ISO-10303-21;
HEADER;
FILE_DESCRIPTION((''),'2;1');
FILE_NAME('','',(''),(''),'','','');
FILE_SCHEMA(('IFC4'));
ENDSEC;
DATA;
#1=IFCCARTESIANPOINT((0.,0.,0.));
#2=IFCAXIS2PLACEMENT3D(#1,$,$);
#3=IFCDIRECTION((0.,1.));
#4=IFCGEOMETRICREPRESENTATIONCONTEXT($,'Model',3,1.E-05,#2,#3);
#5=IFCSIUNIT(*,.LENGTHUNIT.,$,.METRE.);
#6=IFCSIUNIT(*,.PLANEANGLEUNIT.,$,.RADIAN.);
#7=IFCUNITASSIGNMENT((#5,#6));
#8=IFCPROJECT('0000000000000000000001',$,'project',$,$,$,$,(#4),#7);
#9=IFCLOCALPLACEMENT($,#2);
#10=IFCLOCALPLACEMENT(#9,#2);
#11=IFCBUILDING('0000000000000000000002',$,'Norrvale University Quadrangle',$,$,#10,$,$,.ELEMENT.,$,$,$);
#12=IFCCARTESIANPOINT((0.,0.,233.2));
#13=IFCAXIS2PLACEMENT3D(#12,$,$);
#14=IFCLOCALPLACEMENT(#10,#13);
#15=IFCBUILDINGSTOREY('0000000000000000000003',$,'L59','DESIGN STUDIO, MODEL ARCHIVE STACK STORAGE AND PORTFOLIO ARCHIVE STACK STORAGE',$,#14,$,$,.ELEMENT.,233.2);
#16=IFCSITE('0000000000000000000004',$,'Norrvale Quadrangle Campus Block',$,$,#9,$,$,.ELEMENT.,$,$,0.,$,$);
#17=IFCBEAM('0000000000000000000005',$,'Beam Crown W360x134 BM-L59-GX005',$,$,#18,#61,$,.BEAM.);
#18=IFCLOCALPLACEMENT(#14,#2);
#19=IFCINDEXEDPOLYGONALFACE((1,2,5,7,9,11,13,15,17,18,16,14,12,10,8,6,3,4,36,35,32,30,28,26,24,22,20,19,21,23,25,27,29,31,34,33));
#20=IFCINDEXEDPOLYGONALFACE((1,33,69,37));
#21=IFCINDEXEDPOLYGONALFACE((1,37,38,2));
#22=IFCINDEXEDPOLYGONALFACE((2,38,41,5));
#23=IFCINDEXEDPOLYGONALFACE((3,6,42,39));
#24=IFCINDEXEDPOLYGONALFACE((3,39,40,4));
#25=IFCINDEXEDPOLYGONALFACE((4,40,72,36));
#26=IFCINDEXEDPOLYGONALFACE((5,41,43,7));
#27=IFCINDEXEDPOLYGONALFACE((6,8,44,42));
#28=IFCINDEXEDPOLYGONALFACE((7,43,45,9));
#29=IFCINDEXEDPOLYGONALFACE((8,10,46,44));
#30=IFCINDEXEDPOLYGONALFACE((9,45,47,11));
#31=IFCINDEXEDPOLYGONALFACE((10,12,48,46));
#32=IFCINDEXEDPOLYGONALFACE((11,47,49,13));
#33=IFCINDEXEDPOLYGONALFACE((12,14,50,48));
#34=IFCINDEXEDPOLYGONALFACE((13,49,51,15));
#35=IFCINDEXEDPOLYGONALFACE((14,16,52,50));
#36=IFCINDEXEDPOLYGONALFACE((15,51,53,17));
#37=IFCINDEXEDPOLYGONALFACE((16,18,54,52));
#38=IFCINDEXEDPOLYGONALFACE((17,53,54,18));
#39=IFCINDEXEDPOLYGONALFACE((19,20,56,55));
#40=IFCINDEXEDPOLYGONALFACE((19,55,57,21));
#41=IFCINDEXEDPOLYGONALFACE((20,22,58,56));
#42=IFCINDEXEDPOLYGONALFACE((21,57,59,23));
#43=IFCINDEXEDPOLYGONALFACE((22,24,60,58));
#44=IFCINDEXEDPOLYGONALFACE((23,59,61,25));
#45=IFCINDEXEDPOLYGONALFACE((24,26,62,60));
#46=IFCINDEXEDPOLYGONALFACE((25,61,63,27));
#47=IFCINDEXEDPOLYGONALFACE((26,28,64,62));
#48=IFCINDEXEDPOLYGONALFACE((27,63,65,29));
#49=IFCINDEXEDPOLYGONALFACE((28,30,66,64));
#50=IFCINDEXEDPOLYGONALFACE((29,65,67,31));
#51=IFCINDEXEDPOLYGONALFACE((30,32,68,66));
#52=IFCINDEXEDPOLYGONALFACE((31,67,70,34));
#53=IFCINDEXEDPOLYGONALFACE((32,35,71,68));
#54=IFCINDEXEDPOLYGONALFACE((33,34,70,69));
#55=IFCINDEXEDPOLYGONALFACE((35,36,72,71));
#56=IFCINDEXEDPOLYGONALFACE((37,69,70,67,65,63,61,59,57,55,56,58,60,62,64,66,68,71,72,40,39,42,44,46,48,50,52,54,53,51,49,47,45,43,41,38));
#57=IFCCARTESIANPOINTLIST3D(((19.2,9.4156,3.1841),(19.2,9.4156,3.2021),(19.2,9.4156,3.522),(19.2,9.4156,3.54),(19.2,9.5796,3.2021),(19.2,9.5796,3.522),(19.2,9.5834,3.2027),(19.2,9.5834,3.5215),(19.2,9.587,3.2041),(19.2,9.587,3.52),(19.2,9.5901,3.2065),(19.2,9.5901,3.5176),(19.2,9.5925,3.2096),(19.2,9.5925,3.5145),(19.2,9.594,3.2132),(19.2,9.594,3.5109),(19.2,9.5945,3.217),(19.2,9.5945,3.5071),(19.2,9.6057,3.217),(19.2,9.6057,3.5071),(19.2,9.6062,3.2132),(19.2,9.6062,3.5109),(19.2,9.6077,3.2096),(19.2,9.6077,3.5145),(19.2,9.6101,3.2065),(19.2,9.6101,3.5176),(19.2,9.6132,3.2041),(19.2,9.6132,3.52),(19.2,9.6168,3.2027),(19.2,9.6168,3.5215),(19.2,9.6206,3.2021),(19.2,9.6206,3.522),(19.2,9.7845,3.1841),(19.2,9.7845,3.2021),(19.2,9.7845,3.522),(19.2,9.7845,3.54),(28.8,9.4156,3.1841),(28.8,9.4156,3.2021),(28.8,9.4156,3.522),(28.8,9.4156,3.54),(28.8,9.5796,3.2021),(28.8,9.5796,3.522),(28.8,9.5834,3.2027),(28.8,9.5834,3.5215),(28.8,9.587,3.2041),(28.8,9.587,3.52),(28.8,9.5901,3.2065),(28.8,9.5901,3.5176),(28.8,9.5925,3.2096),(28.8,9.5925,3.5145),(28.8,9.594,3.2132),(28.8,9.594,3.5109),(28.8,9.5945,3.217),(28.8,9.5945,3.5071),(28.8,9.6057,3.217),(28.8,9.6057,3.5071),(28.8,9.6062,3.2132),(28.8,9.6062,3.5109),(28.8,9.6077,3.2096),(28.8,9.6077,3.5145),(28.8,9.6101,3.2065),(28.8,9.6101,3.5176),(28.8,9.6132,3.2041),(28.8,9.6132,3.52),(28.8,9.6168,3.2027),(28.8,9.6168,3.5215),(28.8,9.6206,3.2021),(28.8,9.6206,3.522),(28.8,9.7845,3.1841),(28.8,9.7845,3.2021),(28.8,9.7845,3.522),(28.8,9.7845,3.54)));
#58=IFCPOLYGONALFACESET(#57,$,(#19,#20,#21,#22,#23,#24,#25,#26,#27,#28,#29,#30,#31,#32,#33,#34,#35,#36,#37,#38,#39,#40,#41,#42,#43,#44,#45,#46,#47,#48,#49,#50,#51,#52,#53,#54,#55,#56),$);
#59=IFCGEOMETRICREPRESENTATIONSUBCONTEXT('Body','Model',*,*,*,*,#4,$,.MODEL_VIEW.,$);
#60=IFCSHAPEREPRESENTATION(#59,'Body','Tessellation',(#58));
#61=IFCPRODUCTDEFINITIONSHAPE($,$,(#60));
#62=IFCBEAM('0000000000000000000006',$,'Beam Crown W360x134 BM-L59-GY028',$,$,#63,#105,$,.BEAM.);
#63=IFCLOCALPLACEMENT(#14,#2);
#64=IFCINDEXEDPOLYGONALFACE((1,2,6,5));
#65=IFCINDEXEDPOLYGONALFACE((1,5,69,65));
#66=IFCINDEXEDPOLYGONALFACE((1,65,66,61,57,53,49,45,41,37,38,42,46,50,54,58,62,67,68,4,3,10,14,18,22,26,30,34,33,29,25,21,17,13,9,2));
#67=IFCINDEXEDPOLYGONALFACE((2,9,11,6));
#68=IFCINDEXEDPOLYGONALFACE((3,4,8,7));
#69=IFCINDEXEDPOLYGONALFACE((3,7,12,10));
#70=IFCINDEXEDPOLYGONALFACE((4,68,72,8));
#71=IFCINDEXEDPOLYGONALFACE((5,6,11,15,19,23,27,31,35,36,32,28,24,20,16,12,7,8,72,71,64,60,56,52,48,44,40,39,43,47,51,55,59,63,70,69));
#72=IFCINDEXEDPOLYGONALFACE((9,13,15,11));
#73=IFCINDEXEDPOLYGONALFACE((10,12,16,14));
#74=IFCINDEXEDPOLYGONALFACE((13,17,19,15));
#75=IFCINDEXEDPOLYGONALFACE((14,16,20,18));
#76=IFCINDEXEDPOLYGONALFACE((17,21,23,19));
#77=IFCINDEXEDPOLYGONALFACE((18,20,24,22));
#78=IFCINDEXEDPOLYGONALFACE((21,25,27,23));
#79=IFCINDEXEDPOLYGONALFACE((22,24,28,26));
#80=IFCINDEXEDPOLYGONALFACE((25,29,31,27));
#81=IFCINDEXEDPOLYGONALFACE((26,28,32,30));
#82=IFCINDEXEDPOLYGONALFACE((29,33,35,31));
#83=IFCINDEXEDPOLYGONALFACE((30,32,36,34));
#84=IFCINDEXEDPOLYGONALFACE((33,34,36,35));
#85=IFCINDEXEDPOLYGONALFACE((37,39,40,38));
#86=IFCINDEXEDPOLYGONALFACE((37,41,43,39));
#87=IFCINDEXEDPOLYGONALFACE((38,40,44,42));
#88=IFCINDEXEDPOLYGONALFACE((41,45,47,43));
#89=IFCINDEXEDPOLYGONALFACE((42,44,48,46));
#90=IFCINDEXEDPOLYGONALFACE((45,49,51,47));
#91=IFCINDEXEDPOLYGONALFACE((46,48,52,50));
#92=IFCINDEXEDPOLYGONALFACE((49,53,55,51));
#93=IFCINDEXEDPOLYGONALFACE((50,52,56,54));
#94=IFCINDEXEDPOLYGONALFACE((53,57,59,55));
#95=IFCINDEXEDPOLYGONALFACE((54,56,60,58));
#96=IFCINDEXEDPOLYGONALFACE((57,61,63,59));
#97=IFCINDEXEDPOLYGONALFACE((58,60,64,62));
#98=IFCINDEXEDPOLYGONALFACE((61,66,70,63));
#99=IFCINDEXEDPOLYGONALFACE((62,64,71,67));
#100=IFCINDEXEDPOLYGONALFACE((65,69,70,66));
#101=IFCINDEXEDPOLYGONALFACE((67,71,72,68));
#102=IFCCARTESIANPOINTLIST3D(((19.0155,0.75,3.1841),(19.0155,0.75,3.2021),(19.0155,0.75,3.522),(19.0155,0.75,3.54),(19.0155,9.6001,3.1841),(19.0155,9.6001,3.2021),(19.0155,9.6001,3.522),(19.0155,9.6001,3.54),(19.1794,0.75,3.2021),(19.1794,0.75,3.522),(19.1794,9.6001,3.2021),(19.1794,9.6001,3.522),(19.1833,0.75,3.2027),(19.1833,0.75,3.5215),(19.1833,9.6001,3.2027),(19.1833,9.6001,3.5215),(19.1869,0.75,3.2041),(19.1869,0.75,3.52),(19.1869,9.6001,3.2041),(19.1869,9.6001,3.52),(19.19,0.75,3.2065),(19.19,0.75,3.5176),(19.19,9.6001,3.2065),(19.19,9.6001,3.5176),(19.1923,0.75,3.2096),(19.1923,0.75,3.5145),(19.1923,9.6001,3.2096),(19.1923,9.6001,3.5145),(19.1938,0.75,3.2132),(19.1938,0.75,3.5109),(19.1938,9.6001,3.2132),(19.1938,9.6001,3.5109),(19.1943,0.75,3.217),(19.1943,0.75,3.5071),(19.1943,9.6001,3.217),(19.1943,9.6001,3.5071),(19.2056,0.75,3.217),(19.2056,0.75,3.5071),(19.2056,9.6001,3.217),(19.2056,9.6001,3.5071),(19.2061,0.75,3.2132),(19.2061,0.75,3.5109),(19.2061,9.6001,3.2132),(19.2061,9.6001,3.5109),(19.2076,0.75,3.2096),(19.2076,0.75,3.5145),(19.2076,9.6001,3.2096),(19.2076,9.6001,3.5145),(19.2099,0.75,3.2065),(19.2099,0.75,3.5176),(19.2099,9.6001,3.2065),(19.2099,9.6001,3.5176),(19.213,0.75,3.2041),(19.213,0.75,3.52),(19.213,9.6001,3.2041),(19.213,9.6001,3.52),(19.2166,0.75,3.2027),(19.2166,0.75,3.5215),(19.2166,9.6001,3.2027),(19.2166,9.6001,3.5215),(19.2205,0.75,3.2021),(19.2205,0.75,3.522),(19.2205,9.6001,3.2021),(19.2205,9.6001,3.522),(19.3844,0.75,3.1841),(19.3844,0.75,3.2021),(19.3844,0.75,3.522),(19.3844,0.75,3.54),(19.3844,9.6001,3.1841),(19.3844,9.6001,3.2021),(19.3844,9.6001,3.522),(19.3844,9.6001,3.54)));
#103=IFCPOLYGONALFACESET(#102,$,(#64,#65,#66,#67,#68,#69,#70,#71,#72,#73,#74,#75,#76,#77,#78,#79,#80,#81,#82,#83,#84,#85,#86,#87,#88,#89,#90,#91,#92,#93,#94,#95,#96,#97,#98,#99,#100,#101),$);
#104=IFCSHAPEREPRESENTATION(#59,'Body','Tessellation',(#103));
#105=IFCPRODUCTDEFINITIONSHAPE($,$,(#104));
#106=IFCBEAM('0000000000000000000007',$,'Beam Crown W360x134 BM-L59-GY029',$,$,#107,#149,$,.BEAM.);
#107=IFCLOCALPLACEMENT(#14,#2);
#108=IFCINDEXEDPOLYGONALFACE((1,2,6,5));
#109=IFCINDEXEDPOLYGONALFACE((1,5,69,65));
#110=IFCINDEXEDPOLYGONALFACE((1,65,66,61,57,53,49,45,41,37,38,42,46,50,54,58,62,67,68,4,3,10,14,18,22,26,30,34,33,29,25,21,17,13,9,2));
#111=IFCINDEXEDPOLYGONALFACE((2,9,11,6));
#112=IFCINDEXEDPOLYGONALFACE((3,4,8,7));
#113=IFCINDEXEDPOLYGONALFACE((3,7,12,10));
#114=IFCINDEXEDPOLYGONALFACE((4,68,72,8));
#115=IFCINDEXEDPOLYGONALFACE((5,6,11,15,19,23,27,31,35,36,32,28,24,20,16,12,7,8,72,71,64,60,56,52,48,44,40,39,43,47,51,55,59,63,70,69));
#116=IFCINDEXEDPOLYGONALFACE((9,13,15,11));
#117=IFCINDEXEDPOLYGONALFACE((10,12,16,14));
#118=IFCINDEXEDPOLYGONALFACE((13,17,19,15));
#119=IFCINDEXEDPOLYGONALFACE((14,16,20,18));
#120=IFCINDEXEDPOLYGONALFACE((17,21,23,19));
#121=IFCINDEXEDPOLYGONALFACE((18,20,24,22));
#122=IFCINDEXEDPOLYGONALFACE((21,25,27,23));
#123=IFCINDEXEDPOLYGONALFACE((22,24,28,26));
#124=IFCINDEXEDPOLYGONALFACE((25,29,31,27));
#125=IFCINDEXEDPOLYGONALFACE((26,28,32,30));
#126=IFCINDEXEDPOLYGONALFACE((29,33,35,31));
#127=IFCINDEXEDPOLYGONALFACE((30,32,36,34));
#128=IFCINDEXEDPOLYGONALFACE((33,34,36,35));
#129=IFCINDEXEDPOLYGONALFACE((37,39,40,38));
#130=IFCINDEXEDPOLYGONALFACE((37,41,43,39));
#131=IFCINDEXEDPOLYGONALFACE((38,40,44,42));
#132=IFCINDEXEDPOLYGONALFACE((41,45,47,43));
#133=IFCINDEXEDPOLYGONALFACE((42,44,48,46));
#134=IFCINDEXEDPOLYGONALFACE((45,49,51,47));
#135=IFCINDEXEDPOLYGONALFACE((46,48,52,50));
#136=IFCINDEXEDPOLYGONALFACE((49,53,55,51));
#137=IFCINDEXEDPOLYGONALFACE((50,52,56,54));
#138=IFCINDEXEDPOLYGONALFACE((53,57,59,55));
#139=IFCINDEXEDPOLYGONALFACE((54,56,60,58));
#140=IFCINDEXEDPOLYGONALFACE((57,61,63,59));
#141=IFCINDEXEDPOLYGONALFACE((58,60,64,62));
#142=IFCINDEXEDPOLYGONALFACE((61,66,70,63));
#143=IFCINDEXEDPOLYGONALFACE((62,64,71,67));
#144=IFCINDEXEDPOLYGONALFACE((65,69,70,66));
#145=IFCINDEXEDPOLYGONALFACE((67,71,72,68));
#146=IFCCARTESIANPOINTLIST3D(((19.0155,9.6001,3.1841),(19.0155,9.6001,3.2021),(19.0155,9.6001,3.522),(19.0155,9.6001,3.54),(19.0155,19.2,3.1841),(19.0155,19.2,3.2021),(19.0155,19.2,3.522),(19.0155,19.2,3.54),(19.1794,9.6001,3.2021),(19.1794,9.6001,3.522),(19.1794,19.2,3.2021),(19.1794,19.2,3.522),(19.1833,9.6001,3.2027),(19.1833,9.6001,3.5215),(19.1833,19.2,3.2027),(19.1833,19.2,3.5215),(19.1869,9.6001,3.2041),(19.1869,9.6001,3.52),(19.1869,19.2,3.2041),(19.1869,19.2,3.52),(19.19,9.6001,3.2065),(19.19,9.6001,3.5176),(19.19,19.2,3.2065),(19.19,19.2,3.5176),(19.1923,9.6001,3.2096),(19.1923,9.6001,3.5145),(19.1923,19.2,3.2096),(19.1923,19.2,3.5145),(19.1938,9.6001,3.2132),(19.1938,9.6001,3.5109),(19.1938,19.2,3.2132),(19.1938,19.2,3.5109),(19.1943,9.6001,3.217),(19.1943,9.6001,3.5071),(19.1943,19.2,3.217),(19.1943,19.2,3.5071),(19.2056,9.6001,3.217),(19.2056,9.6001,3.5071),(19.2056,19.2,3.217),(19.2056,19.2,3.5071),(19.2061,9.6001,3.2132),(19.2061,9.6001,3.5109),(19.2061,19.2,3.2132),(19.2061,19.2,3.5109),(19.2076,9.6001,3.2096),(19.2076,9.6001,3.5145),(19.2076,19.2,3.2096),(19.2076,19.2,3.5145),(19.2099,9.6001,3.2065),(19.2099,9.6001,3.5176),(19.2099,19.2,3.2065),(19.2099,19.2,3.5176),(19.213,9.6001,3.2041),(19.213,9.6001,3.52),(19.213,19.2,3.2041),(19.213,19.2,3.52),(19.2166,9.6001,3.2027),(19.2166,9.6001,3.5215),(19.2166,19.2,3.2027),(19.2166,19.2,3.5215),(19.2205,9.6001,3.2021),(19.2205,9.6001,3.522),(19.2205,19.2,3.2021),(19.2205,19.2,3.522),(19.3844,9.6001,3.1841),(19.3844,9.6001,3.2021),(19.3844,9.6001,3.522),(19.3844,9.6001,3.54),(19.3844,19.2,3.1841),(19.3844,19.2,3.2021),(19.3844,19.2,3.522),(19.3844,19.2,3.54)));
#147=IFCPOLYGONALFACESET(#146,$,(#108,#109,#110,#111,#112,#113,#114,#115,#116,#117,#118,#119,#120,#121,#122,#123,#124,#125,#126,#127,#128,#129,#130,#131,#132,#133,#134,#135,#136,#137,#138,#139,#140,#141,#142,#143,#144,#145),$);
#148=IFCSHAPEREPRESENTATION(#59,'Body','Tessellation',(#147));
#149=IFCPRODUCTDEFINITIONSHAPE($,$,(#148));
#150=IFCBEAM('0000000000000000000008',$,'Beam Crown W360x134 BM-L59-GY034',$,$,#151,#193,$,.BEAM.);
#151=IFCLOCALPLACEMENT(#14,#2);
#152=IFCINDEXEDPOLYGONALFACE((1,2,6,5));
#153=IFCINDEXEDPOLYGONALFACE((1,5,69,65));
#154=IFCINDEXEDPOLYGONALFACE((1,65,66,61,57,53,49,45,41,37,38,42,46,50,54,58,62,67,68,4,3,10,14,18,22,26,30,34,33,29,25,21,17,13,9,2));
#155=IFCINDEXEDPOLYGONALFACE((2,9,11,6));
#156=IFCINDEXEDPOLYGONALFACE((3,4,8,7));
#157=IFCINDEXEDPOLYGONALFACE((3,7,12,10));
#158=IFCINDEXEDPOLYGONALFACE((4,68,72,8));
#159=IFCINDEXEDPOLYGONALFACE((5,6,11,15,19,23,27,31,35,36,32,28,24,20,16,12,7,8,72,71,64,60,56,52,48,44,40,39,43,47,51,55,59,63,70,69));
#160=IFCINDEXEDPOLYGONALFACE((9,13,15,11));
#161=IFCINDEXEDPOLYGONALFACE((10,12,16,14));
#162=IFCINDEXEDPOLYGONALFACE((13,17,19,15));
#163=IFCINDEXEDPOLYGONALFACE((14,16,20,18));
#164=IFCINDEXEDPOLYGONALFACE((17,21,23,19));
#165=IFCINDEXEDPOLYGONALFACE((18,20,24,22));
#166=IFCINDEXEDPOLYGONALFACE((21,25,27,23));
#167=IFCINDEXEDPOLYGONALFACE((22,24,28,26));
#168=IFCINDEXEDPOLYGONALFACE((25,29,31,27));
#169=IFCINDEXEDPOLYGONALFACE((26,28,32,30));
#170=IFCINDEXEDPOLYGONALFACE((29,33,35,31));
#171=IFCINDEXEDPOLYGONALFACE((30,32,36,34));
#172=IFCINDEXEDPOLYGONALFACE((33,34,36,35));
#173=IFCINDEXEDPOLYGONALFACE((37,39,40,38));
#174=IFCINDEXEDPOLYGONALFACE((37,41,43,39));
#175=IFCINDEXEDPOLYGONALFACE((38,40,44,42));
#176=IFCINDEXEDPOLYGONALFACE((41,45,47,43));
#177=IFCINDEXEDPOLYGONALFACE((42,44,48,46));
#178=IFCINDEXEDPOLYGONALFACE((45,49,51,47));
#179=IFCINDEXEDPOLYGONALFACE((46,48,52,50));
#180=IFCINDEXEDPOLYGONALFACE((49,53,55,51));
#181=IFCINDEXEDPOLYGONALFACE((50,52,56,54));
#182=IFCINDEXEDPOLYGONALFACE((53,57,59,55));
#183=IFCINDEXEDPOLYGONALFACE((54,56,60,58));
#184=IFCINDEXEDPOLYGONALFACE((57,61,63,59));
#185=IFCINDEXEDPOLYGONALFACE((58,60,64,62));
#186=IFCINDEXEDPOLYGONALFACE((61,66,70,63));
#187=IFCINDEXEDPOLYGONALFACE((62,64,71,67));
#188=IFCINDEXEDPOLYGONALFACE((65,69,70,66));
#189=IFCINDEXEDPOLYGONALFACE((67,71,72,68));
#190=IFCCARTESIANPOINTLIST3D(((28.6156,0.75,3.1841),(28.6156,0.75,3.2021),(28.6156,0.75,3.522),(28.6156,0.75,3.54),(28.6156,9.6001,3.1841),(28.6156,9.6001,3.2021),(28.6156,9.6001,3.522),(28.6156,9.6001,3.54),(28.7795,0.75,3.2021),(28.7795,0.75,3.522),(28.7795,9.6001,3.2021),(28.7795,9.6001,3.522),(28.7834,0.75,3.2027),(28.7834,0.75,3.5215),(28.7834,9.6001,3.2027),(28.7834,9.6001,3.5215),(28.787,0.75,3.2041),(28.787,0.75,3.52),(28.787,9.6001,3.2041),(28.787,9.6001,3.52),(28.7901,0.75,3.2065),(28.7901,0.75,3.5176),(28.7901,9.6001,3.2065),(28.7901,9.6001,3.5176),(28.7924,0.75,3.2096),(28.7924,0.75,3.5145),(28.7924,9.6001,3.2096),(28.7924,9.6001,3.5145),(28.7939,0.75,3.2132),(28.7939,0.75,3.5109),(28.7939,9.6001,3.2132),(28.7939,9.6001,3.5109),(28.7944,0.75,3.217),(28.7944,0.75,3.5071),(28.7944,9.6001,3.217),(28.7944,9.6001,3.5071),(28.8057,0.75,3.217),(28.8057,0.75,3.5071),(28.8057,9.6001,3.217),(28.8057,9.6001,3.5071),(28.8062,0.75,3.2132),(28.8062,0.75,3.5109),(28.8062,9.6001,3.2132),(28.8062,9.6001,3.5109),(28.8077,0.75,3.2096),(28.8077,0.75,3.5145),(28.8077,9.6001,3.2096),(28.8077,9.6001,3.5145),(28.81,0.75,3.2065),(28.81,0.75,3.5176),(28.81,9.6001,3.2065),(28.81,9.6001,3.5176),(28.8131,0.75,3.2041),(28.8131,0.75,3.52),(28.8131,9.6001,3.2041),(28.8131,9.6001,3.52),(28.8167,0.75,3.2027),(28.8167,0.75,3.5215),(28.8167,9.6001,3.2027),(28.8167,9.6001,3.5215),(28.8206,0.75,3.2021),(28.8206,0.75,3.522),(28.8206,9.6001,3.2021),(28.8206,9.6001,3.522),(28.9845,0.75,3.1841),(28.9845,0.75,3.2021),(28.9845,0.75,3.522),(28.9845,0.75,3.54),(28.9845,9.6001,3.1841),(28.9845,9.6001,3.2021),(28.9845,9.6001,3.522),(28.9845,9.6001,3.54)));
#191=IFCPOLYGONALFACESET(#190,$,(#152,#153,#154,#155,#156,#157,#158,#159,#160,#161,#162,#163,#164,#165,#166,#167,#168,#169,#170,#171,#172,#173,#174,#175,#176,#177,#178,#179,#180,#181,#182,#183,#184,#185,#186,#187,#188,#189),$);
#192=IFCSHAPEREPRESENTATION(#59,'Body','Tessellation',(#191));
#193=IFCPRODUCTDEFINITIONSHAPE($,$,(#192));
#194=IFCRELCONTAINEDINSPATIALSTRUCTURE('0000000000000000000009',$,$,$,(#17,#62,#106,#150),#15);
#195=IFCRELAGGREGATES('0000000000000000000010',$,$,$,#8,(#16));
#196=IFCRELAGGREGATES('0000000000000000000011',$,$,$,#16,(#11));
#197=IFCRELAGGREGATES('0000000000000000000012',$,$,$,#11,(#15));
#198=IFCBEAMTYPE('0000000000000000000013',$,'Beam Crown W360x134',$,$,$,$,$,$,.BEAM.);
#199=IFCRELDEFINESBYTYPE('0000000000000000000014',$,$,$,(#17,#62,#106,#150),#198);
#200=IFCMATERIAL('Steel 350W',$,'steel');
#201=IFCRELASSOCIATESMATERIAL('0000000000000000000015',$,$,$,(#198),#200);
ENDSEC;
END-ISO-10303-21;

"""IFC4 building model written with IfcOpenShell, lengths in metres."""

from ifc_helpers import new_model, si_unit, direction, frame, origin, origin_2d, place, context, subcontext, project, spatial, i_section, extrude, material, material_profile, profile_set, type_object, element, save


model = new_model("IFC4")

# Units and contexts
model_context = context("Model", 3, precision=1e-05, world=origin(), true_north=direction((0.0, 1.0)))
body_context = subcontext(model_context, "Body", "Model", "MODEL_VIEW")
ifc_project = project(units=[si_unit("LENGTHUNIT", "METRE"), si_unit("PLANEANGLEUNIT", "RADIAN")], contexts=[model_context])

# Site, building, storey
site_placement = place(None, origin())
site = spatial("IfcSite", under=ifc_project, at=site_placement, Name="Norrvale Quadrangle Campus Block", CompositionType="ELEMENT", RefElevation=0.0)
building_placement = place(site_placement, origin())
building = spatial("IfcBuilding", under=site, at=building_placement, Name="Norrvale University Quadrangle", CompositionType="ELEMENT")
storey_placement = place(building_placement, frame((0.0, 0.0, 233.2)))
storey = spatial("IfcBuildingStorey", under=building, at=storey_placement, Name="L59", Description="DESIGN STUDIO, MODEL ARCHIVE STACK STORAGE AND PORTFOLIO ARCHIVE STACK STORAGE", CompositionType="ELEMENT", Elevation=233.2)

# Beams
ifc_material_1 = material(Name="Steel 350W", Category="steel")
ifc_material_profile_1 = material_profile(ifc_material_1, i_section(OverallWidth=0.3689, OverallDepth=0.356, WebThickness=0.0112, FlangeThickness=0.0181, FilletRadius=0.0149, at=origin_2d()), Name="Steel 350W")
ifc_profile_set_1 = profile_set([ifc_material_profile_1], Name="Steel 350W")
beam_type_1 = type_object("IfcBeamType", Name="Beam Crown W360x134", PredefinedType="BEAM", material=ifc_profile_set_1)
beam_1_placement = place(storey_placement, frame((19.2, 9.6001, 3.3621), z_axis=(1.0, 0.0, 0.0), x_axis=(0.0, 1.0, 0.0)))
element("IfcBeam", 1, at=beam_1_placement, inside=storey, type_object=beam_type_1, Name="Beam Crown W360x134 BM-L59-GX005", PredefinedType="BEAM", context=body_context, shape_type="SweptSolid", body=[
    extrude(i_section(OverallWidth=0.3689, OverallDepth=0.356, WebThickness=0.0112, FlangeThickness=0.0181, FilletRadius=0.0149, at=origin_2d()), origin(), (0.0, 0.0, 1.0), 9.6001),
])
beam_2_placement = place(storey_placement, frame((19.2, 0.75, 3.3621), z_axis=(0.0, 1.0, 0.0), x_axis=(-1.0, 0.0, 0.0)))
element("IfcBeam", 2, at=beam_2_placement, inside=storey, type_object=beam_type_1, Name="Beam Crown W360x134 BM-L59-GY028", PredefinedType="BEAM", context=body_context, shape_type="SweptSolid", body=[
    extrude(i_section(OverallWidth=0.3689, OverallDepth=0.356, WebThickness=0.0112, FlangeThickness=0.0181, FilletRadius=0.0149, at=origin_2d()), origin(), (0.0, 0.0, 1.0), 8.8501),
])
beam_3_placement = place(storey_placement, frame((19.2, 9.6001, 3.3621), z_axis=(0.0, 1.0, 0.0), x_axis=(-1.0, 0.0, 0.0)))
element("IfcBeam", 3, at=beam_3_placement, inside=storey, type_object=beam_type_1, Name="Beam Crown W360x134 BM-L59-GY029", PredefinedType="BEAM", context=body_context, shape_type="SweptSolid", body=[
    extrude(i_section(OverallWidth=0.3689, OverallDepth=0.356, WebThickness=0.0112, FlangeThickness=0.0181, FilletRadius=0.0149, at=origin_2d()), origin(), (0.0, 0.0, 1.0), 9.5999),
])
beam_4_placement = place(storey_placement, frame((28.8, 0.75, 3.3621), z_axis=(0.0, 1.0, 0.0), x_axis=(-1.0, 0.0, 0.0)))
element("IfcBeam", 4, at=beam_4_placement, inside=storey, type_object=beam_type_1, Name="Beam Crown W360x134 BM-L59-GY034", PredefinedType="BEAM", context=body_context, shape_type="SweptSolid", body=[
    extrude(i_section(OverallWidth=0.3689, OverallDepth=0.356, WebThickness=0.0112, FlangeThickness=0.0181, FilletRadius=0.0149, at=origin_2d()), origin(), (0.0, 0.0, 1.0), 8.8501),
])

save(model, "model.ifc")
